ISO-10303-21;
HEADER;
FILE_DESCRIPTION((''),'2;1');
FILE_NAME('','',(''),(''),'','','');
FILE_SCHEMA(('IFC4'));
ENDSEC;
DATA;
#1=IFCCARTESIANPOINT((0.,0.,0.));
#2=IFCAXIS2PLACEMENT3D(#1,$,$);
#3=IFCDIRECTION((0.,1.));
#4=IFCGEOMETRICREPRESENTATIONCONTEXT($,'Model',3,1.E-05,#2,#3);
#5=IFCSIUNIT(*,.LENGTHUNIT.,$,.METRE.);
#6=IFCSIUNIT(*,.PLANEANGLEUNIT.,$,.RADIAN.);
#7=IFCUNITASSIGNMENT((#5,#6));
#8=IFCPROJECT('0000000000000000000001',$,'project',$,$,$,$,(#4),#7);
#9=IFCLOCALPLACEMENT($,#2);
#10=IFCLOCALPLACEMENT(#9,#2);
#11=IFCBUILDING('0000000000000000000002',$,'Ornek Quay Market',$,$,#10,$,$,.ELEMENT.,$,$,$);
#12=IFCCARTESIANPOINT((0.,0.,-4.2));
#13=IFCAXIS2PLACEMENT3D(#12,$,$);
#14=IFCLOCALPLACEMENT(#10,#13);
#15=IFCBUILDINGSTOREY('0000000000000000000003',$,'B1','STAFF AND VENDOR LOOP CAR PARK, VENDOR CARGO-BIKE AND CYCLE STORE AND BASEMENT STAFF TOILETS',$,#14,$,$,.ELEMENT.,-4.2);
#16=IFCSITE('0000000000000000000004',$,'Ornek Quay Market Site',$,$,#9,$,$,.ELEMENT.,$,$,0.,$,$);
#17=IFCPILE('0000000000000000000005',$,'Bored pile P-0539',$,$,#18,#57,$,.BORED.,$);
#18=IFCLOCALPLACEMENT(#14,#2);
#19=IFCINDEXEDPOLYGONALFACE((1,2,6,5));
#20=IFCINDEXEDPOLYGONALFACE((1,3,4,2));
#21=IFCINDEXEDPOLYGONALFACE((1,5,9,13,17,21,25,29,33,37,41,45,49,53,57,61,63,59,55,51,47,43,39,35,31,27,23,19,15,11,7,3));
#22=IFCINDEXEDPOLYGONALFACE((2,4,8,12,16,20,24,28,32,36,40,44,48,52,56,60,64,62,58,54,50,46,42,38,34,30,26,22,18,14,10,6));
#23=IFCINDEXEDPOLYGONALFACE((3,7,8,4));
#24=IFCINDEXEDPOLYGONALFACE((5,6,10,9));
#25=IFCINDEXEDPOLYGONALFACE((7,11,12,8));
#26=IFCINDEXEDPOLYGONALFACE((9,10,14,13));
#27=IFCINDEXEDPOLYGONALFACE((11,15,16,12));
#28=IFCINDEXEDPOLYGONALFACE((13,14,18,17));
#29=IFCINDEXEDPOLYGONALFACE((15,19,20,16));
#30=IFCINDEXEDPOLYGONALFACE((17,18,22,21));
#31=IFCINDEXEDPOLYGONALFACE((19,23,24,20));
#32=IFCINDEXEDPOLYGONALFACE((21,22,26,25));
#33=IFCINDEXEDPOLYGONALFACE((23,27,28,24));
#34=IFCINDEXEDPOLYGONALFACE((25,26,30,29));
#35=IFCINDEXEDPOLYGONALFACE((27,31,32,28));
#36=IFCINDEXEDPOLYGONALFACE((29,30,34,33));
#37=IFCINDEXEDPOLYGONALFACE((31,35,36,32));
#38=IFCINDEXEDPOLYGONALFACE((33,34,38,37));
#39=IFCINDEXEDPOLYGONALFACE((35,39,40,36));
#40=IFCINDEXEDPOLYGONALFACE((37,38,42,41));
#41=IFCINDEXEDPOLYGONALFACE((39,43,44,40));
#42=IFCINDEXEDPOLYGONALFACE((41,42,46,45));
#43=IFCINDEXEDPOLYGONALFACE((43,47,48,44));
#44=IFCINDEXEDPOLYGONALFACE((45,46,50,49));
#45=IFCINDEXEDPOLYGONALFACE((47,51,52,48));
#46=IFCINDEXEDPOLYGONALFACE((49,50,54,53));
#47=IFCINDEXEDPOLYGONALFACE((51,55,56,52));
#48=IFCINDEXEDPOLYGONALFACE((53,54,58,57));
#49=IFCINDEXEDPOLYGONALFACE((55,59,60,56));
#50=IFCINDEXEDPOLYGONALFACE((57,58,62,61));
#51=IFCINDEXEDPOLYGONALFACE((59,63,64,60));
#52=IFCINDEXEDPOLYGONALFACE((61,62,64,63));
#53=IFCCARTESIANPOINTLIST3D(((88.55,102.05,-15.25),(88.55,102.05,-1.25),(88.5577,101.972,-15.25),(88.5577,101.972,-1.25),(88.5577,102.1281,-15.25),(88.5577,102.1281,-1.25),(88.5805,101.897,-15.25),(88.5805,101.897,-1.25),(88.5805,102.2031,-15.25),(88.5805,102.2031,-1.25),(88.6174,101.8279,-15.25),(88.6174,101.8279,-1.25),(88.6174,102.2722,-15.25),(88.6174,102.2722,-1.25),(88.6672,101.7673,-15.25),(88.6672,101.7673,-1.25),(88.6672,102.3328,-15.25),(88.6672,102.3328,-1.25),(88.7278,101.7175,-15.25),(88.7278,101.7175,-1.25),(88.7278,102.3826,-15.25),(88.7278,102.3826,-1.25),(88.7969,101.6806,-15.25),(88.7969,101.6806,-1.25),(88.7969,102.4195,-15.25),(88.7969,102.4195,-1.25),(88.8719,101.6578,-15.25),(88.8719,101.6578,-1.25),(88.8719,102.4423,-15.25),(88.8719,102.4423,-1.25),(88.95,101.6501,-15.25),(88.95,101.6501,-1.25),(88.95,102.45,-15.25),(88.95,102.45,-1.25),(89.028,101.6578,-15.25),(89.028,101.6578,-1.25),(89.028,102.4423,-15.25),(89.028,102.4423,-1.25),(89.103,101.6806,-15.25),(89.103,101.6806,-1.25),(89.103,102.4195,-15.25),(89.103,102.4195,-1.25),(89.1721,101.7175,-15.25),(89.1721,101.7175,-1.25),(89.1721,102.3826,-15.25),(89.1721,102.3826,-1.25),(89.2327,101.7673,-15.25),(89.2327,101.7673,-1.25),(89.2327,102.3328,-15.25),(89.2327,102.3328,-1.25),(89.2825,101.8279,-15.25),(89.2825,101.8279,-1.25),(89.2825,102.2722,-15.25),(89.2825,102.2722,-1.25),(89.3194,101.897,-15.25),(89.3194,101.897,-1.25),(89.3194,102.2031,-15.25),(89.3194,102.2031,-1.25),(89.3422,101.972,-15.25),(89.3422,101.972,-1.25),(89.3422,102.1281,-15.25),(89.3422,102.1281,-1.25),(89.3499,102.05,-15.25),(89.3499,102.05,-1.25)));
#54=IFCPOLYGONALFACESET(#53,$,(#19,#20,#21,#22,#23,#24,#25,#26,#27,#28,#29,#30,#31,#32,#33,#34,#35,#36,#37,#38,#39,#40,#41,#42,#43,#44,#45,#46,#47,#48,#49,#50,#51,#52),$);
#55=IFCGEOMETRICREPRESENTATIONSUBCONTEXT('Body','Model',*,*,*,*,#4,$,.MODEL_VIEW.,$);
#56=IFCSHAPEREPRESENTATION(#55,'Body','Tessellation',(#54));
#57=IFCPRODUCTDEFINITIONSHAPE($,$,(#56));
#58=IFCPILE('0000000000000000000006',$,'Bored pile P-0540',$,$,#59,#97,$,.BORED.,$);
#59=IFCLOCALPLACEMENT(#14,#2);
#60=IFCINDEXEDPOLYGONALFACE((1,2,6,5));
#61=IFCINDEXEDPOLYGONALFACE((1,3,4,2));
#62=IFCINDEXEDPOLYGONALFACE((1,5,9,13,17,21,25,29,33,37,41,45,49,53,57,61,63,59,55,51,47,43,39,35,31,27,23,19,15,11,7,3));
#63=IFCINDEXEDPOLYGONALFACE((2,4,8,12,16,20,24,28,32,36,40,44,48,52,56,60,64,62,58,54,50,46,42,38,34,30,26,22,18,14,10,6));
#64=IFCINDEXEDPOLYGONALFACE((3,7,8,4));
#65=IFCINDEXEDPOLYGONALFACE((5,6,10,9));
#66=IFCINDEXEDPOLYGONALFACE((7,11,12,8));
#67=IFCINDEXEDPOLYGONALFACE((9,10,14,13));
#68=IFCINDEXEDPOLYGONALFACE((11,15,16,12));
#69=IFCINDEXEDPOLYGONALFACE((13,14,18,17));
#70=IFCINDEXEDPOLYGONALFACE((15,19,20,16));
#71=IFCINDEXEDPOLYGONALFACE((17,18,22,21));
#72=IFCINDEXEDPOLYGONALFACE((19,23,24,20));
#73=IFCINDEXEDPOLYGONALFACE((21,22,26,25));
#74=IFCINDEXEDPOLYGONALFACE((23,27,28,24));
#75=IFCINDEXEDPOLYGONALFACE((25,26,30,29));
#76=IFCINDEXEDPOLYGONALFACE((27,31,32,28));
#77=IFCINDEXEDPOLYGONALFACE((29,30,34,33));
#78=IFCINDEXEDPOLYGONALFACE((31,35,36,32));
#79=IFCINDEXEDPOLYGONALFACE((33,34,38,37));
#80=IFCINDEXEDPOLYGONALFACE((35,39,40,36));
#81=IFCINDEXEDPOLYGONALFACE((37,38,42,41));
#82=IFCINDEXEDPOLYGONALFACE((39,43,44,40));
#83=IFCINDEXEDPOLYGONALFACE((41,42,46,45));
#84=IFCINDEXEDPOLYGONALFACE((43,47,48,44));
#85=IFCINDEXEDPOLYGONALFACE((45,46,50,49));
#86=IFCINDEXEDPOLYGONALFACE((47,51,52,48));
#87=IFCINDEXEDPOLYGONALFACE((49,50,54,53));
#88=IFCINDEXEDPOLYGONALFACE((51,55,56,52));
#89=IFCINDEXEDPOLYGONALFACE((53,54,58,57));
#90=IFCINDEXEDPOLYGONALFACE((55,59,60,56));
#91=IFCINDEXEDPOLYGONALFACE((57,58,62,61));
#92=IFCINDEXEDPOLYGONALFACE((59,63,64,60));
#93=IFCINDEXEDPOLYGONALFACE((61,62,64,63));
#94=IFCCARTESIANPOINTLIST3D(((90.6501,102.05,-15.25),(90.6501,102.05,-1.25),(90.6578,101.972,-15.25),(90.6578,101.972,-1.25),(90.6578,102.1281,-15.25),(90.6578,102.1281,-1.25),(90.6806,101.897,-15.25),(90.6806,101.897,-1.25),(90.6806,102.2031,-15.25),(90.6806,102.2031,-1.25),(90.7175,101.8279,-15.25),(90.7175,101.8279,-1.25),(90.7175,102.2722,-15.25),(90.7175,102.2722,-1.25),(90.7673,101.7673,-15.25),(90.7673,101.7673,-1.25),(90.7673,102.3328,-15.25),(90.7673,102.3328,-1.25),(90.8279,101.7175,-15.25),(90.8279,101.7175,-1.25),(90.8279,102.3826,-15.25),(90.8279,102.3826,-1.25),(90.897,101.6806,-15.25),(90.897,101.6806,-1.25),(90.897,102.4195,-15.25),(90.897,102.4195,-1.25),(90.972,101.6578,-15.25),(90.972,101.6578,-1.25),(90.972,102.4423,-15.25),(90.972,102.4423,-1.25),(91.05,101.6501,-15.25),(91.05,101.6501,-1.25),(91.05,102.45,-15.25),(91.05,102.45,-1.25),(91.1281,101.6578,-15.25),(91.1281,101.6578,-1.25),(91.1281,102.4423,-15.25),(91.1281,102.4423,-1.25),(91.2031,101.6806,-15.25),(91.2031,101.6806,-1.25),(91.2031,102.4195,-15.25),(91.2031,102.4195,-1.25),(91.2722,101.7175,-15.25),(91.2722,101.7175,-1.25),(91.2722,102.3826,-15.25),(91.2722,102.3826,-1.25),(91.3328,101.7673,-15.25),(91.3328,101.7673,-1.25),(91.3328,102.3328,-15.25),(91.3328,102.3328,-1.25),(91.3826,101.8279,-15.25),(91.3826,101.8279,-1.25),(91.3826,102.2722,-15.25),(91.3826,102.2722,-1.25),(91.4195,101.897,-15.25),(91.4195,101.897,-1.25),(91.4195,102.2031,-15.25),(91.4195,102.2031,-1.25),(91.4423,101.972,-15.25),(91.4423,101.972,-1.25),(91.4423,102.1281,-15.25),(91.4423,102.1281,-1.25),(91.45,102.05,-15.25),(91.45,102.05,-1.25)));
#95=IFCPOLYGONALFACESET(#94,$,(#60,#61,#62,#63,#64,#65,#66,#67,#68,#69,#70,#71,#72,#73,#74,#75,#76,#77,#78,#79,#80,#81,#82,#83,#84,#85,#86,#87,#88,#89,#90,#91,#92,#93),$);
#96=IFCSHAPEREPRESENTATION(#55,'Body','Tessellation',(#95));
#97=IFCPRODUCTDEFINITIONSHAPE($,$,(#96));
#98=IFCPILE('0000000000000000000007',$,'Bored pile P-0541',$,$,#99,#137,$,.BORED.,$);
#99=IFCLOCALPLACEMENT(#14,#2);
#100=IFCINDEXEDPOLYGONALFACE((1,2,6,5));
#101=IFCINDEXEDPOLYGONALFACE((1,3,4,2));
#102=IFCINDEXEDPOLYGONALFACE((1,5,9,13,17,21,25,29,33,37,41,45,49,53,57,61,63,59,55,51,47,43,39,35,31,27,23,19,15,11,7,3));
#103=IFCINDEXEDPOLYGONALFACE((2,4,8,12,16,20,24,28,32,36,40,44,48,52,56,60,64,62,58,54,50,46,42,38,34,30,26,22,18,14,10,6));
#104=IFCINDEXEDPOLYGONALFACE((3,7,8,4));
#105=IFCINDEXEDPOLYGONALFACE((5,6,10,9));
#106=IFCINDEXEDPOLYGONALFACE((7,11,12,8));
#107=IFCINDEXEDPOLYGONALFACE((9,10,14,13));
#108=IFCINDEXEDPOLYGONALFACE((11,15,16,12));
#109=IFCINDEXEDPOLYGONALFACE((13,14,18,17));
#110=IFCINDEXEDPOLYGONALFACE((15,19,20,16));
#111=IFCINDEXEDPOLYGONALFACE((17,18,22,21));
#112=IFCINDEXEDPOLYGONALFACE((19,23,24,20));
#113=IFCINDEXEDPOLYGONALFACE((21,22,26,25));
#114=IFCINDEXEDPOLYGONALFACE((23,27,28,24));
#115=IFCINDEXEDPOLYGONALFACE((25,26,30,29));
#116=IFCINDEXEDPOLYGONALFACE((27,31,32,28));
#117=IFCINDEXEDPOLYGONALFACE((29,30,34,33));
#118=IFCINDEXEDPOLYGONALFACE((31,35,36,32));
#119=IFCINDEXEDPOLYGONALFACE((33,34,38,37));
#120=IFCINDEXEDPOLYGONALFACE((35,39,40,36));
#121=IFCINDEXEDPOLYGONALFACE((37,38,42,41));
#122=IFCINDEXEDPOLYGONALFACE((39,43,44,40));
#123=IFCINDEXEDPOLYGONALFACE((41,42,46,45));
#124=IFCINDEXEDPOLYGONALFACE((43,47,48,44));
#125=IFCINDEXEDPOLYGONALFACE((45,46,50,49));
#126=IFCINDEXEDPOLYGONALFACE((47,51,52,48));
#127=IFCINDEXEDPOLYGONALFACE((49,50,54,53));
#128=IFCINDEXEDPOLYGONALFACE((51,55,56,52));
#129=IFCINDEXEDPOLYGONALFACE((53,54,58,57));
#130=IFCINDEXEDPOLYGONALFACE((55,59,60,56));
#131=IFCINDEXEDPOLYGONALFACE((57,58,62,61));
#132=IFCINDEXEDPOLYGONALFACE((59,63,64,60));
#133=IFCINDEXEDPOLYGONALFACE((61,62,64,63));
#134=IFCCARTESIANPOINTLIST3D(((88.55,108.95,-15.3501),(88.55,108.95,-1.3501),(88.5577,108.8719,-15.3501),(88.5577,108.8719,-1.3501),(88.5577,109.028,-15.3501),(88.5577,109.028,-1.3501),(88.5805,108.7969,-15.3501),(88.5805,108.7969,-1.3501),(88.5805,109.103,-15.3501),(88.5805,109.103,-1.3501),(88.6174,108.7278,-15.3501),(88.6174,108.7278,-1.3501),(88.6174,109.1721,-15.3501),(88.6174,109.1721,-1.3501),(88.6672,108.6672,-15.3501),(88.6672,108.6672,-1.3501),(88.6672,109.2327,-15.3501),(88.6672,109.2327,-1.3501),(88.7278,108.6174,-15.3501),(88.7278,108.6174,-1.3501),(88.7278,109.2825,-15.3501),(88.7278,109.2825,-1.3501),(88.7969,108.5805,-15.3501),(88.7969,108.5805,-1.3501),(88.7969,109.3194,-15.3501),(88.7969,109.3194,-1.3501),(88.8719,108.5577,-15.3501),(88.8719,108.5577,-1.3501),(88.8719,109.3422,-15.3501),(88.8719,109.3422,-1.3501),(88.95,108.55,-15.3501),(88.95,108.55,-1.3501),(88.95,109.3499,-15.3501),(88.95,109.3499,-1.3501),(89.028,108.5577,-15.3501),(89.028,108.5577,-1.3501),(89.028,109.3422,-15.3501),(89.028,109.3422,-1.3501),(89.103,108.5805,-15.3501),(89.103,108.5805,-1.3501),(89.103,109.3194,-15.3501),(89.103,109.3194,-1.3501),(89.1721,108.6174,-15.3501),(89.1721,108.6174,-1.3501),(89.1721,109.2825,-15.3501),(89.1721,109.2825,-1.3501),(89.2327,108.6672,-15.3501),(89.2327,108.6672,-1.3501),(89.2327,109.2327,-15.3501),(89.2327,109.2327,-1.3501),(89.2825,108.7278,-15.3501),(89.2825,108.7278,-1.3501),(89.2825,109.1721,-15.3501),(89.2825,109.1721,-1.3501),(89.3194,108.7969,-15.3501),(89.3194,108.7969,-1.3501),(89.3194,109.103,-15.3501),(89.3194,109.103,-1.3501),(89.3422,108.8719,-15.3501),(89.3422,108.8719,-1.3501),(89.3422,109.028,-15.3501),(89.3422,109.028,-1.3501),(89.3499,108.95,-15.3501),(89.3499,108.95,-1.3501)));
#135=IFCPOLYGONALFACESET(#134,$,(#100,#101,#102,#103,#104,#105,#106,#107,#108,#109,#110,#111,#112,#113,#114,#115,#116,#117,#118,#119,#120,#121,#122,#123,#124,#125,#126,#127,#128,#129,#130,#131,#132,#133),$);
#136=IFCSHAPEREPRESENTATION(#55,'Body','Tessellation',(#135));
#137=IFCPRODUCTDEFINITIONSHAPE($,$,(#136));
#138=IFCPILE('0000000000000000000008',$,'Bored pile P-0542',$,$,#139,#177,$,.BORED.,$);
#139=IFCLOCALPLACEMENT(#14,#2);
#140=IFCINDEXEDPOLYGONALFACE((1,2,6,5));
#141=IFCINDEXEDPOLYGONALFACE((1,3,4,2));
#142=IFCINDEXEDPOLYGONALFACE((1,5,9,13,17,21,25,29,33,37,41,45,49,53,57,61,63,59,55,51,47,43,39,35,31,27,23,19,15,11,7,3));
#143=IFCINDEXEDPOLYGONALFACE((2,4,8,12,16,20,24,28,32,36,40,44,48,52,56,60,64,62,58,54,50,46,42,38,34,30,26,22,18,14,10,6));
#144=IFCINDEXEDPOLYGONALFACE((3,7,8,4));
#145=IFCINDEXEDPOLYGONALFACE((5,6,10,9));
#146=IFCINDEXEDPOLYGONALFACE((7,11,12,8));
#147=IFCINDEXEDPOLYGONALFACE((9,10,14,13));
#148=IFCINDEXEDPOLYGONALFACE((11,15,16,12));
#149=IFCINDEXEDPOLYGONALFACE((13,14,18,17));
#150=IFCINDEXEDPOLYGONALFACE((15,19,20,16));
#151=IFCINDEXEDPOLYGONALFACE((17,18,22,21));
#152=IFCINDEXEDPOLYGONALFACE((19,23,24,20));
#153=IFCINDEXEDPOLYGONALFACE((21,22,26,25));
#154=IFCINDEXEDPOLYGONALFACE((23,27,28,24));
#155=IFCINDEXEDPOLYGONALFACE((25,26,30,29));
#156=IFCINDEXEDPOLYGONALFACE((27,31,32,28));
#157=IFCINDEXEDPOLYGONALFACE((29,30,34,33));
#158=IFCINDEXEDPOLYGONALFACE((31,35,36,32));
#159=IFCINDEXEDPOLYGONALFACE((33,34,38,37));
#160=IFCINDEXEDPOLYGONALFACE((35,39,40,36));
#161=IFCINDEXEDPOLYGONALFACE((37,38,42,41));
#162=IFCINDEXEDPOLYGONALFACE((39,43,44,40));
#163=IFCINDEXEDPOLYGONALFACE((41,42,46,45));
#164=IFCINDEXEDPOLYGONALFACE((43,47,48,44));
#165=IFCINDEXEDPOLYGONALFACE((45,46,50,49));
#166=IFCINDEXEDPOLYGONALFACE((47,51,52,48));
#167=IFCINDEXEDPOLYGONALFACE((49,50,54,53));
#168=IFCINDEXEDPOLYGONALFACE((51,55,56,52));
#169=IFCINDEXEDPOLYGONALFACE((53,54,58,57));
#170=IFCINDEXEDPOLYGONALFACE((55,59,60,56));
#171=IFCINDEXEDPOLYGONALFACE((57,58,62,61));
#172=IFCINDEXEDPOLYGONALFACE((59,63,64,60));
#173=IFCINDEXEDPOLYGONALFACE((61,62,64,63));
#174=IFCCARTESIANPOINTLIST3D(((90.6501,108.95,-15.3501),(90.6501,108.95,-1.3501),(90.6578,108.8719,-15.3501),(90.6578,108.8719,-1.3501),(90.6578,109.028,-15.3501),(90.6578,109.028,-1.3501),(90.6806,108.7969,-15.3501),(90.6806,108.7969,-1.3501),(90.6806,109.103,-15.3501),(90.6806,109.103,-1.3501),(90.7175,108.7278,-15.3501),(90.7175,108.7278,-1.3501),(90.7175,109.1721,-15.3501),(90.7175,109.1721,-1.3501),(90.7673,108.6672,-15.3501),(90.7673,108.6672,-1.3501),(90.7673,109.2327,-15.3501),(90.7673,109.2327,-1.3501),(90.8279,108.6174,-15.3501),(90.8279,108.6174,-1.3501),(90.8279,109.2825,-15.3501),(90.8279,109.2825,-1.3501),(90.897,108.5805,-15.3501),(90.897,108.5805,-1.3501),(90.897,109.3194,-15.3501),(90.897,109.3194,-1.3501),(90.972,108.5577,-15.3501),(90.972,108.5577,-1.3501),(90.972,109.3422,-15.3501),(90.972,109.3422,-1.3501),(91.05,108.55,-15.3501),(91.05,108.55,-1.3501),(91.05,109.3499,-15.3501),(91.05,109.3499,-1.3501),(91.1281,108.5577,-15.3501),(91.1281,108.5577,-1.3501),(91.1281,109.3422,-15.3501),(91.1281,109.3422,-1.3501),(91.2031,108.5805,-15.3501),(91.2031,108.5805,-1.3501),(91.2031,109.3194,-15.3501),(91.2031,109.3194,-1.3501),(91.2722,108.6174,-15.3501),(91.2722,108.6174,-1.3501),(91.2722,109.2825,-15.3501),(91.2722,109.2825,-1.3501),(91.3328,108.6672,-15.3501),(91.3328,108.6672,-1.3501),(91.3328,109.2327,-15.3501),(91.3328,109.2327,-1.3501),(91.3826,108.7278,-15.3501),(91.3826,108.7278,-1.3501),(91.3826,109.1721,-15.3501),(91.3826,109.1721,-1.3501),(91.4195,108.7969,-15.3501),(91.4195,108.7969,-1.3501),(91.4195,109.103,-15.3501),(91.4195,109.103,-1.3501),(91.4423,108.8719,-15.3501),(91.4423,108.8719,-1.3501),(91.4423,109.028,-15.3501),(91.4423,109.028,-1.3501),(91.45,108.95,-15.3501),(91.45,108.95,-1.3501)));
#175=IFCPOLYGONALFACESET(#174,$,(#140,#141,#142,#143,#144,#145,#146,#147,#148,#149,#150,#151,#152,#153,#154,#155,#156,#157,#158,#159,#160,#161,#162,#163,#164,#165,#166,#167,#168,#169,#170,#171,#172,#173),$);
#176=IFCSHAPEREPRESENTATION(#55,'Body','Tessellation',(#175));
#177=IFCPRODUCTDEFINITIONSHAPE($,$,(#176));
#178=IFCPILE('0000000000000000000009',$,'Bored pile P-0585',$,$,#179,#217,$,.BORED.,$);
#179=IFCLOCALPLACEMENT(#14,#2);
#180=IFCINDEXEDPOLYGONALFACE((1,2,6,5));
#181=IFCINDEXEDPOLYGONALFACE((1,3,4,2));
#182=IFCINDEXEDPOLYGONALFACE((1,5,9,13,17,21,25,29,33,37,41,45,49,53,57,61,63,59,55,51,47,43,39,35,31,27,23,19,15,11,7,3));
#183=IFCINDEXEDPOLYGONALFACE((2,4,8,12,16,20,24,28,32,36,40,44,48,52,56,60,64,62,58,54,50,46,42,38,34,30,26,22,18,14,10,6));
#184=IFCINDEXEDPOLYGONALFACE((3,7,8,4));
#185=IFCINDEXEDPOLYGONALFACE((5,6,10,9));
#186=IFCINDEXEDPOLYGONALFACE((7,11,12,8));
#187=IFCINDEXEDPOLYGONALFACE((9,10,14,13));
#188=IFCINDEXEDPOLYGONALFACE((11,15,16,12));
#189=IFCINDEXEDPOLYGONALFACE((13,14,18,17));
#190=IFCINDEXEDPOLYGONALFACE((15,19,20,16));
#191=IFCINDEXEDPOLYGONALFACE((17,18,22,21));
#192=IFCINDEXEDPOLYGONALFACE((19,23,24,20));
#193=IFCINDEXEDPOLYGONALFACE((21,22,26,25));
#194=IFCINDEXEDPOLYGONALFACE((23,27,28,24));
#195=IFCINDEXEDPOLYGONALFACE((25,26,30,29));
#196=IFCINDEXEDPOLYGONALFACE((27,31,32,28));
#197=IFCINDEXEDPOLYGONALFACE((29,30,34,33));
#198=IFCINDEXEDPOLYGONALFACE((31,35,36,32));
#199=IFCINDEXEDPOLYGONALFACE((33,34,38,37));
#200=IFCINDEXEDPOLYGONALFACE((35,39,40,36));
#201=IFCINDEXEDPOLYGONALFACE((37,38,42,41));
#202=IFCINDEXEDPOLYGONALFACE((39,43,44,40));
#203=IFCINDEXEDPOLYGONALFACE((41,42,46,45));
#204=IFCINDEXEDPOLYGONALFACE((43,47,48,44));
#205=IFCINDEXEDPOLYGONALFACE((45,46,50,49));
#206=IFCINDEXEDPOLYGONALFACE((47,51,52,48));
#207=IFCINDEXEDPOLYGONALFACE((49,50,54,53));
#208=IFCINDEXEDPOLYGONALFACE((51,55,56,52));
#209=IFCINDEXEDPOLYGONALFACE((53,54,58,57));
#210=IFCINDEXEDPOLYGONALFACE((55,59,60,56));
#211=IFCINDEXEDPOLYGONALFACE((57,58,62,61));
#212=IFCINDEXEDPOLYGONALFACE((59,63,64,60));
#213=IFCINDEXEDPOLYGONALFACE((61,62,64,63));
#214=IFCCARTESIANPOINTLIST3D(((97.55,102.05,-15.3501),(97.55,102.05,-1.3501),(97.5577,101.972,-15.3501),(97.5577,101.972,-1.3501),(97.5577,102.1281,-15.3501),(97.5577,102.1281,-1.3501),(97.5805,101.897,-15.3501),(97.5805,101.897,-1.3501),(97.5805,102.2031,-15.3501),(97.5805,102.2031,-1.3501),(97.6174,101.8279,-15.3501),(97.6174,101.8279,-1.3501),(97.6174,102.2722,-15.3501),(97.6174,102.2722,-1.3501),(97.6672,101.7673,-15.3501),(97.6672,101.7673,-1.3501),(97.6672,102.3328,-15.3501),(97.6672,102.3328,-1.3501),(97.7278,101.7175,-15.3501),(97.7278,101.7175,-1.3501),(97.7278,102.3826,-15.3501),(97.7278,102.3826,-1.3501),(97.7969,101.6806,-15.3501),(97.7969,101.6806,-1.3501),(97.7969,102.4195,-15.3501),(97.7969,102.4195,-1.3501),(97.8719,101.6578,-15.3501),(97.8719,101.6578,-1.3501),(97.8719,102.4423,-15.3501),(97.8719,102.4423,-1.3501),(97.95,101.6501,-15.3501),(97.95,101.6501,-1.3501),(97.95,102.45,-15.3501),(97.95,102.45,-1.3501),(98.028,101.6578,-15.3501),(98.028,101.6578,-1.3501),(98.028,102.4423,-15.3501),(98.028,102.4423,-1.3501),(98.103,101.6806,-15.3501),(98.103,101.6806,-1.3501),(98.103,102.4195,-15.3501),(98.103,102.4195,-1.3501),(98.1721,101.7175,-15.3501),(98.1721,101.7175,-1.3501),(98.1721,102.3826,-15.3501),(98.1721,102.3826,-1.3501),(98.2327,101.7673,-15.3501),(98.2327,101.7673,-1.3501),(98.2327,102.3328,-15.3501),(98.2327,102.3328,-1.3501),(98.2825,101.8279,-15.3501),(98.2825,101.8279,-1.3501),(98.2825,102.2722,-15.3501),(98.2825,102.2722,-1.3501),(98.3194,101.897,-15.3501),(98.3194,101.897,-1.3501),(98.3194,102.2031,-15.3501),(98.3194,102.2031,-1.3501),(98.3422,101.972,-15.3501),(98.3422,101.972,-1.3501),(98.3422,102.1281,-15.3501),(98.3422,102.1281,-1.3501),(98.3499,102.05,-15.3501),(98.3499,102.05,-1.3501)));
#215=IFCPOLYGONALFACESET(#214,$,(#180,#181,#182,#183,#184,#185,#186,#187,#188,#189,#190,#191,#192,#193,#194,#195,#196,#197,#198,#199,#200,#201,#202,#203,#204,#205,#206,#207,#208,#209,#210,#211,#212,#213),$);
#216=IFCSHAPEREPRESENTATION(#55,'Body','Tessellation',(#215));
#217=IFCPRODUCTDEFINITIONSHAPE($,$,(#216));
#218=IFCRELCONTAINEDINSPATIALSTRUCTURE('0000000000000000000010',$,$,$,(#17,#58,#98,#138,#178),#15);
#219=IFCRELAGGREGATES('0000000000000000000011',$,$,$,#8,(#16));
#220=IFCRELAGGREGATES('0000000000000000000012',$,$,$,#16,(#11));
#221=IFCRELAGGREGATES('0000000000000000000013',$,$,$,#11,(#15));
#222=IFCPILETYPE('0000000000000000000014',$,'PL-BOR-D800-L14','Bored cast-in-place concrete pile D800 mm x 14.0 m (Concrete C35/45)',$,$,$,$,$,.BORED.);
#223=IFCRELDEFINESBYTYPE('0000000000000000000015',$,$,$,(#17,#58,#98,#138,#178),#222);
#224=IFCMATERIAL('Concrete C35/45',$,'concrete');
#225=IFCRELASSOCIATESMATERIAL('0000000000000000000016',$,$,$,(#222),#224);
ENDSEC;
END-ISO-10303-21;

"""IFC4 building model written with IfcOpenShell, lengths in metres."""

from ifc_helpers import new_model, si_unit, direction, frame, origin, origin_2d, place, context, subcontext, project, spatial, circle, extrude, material, material_profile, profile_set, type_object, element, save


model = new_model("IFC4")

# Units and contexts
model_context = context("Model", 3, precision=1e-05, world=origin(), true_north=direction((0.0, 1.0)))
body_context = subcontext(model_context, "Body", "Model", "MODEL_VIEW")
ifc_project = project(units=[si_unit("LENGTHUNIT", "METRE"), si_unit("PLANEANGLEUNIT", "RADIAN")], contexts=[model_context])

# Site, building, storey
site_placement = place(None, origin())
site = spatial("IfcSite", under=ifc_project, at=site_placement, Name="Ornek Quay Market Site", CompositionType="ELEMENT", RefElevation=0.0)
building_placement = place(site_placement, origin())
building = spatial("IfcBuilding", under=site, at=building_placement, Name="Ornek Quay Market", CompositionType="ELEMENT")
storey_placement = place(building_placement, frame((0.0, 0.0, -4.2)))
storey = spatial("IfcBuildingStorey", under=building, at=storey_placement, Name="B1", Description="STAFF AND VENDOR LOOP CAR PARK, VENDOR CARGO-BIKE AND CYCLE STORE AND BASEMENT STAFF TOILETS", CompositionType="ELEMENT", Elevation=-4.2)

# Piles
ifc_material_1 = material(Name="Concrete C35/45", Category="concrete")
ifc_material_profile_1 = material_profile(ifc_material_1, circle(Radius=0.3999, at=origin_2d()), Name="PILE D800", Category="concrete")
ifc_profile_set_1 = profile_set([ifc_material_profile_1], Name="Concrete C35/45")
pile_type = type_object("IfcPileType", Name="PL-BOR-D800-L14", Description="Bored cast-in-place concrete pile D800 mm x 14.0 m (Concrete C35/45)", PredefinedType="BORED", material=ifc_profile_set_1)
for number, where, z_axis, x_axis, name in (
    (1, (88.95, 102.05, -1.25), (0.0, 0.0, -1.0), (1.0, 0.0, 0.0), "Bored pile P-0539"),
    (2, (91.05, 102.05, -1.25), (0.0, 0.0, -1.0), (1.0, 0.0, 0.0), "Bored pile P-0540"),
    (3, (88.95, 108.95, -1.3501), (0.0, 0.0, -1.0), (1.0, 0.0, 0.0), "Bored pile P-0541"),
    (4, (91.05, 108.95, -1.3501), (0.0, 0.0, -1.0), (1.0, 0.0, 0.0), "Bored pile P-0542"),
    (5, (97.95, 102.05, -1.3501), (0.0, 0.0, -1.0), (1.0, 0.0, 0.0), "Bored pile P-0585"),
):
    element("IfcPile", number, at=place(storey_placement, frame(where, z_axis=z_axis, x_axis=x_axis)), inside=storey, type_object=pile_type, Name=name, PredefinedType="BORED", context=body_context, shape_type="SweptSolid", body=[
        extrude(circle(Radius=0.3999, at=origin_2d()), origin(), (0.0, 0.0, 1.0), 14.0),
    ])

save(model, "model.ifc")
